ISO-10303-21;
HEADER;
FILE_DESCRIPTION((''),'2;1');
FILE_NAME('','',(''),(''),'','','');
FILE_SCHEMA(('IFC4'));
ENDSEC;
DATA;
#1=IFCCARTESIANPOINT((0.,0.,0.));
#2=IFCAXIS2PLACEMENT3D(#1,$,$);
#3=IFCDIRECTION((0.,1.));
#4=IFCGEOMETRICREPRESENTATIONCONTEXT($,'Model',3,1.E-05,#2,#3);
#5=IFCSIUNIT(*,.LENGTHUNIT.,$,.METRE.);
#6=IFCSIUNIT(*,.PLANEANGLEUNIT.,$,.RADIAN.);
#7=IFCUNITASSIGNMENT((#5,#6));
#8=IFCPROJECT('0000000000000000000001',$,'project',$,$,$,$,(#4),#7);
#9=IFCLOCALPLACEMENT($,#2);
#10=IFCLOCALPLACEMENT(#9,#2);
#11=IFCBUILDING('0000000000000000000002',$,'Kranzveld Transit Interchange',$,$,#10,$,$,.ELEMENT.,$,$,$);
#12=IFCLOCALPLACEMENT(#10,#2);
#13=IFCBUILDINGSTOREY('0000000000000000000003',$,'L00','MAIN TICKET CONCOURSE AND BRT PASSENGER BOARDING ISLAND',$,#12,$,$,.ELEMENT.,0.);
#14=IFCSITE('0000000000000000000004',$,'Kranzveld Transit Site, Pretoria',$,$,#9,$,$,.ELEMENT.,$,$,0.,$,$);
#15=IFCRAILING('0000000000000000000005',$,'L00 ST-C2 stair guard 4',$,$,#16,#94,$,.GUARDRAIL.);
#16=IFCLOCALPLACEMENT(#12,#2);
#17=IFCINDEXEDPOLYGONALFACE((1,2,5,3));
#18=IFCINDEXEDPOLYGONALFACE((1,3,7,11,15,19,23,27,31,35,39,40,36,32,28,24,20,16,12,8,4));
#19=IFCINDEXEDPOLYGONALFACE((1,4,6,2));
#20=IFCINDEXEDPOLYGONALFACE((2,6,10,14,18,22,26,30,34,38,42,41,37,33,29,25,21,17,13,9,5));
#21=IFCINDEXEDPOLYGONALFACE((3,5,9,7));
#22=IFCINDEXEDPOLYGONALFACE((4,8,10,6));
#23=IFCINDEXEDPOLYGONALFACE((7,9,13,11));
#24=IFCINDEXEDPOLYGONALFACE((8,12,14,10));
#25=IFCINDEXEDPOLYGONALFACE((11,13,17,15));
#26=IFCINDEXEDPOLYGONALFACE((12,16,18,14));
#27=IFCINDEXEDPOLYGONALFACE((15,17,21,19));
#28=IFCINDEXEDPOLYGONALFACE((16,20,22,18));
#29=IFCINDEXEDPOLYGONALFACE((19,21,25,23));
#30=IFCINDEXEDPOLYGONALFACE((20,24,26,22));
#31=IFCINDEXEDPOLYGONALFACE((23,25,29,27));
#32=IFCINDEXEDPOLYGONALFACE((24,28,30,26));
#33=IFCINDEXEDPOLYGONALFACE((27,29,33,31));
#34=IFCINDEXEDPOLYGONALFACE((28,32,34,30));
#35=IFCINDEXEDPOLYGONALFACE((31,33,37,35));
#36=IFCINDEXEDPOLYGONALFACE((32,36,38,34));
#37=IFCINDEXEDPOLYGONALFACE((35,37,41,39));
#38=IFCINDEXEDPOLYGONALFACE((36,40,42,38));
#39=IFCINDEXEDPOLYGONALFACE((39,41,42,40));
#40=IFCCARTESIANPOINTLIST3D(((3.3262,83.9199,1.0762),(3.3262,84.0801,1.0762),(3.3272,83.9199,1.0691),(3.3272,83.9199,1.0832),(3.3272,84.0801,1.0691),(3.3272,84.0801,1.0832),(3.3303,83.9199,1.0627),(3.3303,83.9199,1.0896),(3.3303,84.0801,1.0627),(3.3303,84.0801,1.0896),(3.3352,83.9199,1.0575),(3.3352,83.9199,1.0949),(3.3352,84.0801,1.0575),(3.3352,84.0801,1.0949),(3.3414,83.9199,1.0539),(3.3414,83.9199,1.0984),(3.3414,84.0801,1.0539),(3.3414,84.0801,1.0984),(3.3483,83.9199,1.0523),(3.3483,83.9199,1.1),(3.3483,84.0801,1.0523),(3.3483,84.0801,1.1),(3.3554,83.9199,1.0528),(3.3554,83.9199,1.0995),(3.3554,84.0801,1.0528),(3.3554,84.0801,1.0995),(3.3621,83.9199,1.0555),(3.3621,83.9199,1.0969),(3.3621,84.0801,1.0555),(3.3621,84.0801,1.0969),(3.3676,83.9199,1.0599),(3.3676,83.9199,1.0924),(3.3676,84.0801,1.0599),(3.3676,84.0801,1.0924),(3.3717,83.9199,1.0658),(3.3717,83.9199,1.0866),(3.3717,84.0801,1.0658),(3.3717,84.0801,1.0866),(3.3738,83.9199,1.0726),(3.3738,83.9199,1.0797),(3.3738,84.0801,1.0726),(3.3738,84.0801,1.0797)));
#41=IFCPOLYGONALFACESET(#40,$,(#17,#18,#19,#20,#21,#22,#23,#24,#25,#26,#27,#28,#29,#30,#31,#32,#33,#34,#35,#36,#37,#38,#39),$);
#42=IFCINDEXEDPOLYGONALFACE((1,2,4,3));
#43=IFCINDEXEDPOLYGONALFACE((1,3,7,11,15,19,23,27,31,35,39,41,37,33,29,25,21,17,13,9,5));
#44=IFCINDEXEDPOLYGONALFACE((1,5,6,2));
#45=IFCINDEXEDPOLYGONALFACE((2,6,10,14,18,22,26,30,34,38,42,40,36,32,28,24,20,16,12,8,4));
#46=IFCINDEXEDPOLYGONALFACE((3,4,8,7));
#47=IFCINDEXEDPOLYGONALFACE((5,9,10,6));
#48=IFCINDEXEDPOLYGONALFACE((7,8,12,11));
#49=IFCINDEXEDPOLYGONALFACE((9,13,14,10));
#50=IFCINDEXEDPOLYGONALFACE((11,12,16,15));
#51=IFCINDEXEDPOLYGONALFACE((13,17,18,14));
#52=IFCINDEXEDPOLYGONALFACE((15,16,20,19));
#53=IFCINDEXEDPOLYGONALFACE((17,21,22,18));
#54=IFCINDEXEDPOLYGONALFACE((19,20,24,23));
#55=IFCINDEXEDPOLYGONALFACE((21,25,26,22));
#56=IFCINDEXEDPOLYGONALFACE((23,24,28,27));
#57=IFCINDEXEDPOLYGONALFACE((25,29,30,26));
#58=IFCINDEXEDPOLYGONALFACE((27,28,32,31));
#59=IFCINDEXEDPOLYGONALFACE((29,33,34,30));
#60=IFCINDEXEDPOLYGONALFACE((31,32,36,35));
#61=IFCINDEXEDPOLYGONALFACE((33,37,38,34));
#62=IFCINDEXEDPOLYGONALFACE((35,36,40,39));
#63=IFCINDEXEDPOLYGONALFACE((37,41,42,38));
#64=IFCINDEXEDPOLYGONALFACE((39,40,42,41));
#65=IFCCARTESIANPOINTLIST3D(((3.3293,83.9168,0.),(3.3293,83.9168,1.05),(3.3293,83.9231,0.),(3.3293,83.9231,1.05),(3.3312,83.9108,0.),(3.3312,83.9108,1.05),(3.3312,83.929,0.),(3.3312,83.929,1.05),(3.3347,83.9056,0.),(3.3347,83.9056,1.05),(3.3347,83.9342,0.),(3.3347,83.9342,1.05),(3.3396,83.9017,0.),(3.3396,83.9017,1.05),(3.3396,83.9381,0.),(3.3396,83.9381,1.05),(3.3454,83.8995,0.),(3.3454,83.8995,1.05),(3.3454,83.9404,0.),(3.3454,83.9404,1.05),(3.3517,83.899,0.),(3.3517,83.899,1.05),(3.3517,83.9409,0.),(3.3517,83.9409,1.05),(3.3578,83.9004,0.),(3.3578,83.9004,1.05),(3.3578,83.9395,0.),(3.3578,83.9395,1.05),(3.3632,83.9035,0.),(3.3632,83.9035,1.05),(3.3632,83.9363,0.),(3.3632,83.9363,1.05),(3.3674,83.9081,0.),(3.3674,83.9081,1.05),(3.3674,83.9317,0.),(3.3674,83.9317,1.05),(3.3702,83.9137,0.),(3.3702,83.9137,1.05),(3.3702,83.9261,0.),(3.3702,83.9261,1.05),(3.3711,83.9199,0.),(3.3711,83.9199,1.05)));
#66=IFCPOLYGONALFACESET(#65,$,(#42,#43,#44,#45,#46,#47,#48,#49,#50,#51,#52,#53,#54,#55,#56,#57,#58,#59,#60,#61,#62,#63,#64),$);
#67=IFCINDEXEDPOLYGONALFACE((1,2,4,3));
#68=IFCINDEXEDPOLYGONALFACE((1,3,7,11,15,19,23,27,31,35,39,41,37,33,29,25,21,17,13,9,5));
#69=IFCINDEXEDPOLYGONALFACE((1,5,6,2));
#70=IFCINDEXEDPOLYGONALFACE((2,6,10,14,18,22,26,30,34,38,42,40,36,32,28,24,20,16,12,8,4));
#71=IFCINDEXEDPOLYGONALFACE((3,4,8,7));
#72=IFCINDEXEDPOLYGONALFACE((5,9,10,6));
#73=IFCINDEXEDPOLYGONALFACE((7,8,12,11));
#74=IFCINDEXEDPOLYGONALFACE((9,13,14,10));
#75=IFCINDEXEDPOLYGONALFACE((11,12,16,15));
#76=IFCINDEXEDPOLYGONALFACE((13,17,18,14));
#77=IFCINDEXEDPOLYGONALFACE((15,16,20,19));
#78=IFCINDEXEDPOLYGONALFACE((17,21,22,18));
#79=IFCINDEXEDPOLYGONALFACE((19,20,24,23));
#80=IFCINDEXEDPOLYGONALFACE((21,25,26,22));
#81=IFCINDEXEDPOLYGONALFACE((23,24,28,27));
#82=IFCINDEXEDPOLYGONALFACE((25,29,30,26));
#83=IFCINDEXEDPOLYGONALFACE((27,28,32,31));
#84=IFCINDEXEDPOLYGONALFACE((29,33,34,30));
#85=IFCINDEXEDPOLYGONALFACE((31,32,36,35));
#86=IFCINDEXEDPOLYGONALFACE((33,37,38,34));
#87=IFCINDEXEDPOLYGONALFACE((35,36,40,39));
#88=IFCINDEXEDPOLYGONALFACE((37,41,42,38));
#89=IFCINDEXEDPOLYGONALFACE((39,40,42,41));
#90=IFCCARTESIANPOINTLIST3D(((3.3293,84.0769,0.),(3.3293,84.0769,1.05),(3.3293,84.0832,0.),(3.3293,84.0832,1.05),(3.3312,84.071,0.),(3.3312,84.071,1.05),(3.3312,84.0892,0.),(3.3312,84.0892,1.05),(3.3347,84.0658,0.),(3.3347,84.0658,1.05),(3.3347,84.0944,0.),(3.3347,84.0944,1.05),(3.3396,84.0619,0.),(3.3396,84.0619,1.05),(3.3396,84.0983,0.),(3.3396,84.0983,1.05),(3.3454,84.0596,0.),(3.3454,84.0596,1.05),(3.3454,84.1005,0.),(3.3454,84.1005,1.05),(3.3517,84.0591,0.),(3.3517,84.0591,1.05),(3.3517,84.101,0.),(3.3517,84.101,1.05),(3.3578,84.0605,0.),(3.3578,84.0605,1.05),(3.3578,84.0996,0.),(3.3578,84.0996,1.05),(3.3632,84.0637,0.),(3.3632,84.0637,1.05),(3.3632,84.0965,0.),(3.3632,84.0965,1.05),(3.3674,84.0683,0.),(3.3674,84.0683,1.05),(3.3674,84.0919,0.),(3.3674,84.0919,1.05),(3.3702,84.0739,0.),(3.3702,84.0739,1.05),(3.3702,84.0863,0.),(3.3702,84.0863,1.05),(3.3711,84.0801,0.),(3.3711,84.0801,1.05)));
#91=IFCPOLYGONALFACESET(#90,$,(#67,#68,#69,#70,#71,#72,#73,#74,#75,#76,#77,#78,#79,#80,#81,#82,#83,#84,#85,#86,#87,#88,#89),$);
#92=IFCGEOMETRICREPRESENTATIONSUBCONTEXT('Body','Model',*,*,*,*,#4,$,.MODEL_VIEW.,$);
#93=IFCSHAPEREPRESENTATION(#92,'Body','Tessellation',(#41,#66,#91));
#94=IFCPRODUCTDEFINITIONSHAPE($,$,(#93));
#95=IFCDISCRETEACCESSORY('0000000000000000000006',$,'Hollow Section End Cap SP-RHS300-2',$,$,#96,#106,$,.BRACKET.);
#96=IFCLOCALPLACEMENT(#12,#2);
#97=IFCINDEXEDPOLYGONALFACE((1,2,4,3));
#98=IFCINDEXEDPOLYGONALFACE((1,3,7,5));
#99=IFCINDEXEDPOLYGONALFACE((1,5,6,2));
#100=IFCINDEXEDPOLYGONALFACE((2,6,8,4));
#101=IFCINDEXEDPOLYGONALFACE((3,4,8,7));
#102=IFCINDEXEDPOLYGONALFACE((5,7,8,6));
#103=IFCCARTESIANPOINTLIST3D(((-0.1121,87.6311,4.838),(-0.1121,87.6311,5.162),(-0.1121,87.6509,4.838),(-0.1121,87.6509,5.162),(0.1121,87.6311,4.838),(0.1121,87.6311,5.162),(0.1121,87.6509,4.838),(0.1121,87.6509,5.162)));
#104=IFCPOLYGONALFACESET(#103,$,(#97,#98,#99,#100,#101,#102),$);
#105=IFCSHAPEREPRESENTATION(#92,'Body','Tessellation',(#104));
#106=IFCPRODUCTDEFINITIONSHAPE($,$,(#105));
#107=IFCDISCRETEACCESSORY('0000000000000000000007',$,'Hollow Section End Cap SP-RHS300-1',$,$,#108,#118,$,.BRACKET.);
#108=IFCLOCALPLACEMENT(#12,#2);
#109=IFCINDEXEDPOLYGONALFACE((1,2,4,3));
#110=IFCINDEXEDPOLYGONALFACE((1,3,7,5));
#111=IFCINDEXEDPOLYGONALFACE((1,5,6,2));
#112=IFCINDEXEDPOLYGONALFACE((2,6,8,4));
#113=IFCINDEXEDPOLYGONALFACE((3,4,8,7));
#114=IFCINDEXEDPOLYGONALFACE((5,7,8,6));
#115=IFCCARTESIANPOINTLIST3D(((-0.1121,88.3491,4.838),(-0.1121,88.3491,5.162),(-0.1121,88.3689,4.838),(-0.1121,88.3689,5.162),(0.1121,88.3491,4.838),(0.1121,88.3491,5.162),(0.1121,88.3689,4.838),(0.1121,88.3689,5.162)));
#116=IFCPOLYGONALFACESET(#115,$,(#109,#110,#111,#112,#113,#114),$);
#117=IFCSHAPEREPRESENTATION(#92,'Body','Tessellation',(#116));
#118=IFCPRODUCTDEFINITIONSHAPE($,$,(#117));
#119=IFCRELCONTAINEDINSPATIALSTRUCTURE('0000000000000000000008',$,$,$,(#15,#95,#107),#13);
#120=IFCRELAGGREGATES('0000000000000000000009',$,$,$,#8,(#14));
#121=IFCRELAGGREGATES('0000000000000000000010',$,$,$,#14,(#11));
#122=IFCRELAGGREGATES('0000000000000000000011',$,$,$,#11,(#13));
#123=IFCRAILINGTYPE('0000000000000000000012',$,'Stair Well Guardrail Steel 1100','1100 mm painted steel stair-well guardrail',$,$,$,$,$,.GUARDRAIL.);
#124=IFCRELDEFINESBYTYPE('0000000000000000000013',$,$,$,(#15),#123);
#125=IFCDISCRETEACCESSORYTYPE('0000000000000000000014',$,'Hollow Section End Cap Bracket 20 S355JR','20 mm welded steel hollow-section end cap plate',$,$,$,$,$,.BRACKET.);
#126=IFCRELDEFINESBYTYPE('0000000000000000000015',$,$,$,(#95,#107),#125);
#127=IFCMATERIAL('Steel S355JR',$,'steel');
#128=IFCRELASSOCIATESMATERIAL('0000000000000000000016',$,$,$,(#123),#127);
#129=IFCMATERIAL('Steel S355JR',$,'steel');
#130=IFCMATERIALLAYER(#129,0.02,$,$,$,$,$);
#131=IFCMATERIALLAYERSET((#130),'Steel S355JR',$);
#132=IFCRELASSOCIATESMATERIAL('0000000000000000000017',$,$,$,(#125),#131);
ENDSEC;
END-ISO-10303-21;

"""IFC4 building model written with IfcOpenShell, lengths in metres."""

from ifc_helpers import new_model, si_unit, direction, frame, origin, origin_2d, place, context, subcontext, project, spatial, rectangle, circle, extrude, material, layer, layer_set, type_object, element, save


model = new_model("IFC4")

# Units and contexts
model_context = context("Model", 3, precision=1e-05, world=origin(), true_north=direction((0.0, 1.0)))
body_context = subcontext(model_context, "Body", "Model", "MODEL_VIEW")
ifc_project = project(units=[si_unit("LENGTHUNIT", "METRE"), si_unit("PLANEANGLEUNIT", "RADIAN")], contexts=[model_context])

# Site, building, storey
site_placement = place(None, origin())
site = spatial("IfcSite", under=ifc_project, at=site_placement, Name="Kranzveld Transit Site, Pretoria", CompositionType="ELEMENT", RefElevation=0.0)
building_placement = place(site_placement, origin())
building = spatial("IfcBuilding", under=site, at=building_placement, Name="Kranzveld Transit Interchange", CompositionType="ELEMENT")
storey_placement = place(building_placement, origin())
storey = spatial("IfcBuildingStorey", under=building, at=storey_placement, Name="L00", Description="MAIN TICKET CONCOURSE AND BRT PASSENGER BOARDING ISLAND", CompositionType="ELEMENT", Elevation=0.0)

# Railing
ifc_material_1 = material(Name="Steel S355JR", Category="steel")
railing_type_1 = type_object("IfcRailingType", Name="Stair Well Guardrail Steel 1100", Description="1100 mm painted steel stair-well guardrail", PredefinedType="GUARDRAIL", material=ifc_material_1)
railing_1_placement = place(storey_placement, frame((3.3501, 83.9199, 0.0)))
element("IfcRailing", 1, at=railing_1_placement, inside=storey, type_object=railing_type_1, Name="L00 ST-C2 stair guard 4", PredefinedType="GUARDRAIL", context=body_context, shape_type="SweptSolid", body=[
    extrude(circle(Radius=0.0239, at=origin_2d()), frame((0.0, 0.0, 1.0762), z_axis=(0.0, 1.0, 0.0), x_axis=(-1.0, 0.0, 0.0)), (0.0, 0.0, 1.0), 0.1602),
    extrude(circle(Radius=0.021, at=origin_2d()), origin(), (0.0, 0.0, 1.0), 1.05),
    extrude(circle(Radius=0.021, at=origin_2d()), frame((0.0, 0.1602, 0.0)), (0.0, 0.0, 1.0), 1.05),
])

# Discrete accessories
ifc_material_2 = material(Name="Steel S355JR", Category="steel")
ifc_layer_1 = layer(ifc_material_2, 0.02)
ifc_layer_set_1 = layer_set([ifc_layer_1], Name="Steel S355JR")
discrete_accessory_type = type_object("IfcDiscreteAccessoryType", Name="Hollow Section End Cap Bracket 20 S355JR", Description="20 mm welded steel hollow-section end cap plate", PredefinedType="BRACKET", material=ifc_layer_set_1)
for number, where, z_axis, x_axis, name in (
    (2, (0.0, 87.6311, 5.0), (0.0, 1.0, 0.0), (-1.0, 0.0, 0.0), "Hollow Section End Cap SP-RHS300-2"),
    (3, (0.0, 88.3689, 5.0), (0.0, -1.0, 0.0), (1.0, 0.0, 0.0), "Hollow Section End Cap SP-RHS300-1"),
):
    element("IfcDiscreteAccessory", number, at=place(storey_placement, frame(where, z_axis=z_axis, x_axis=x_axis)), inside=storey, type_object=discrete_accessory_type, Name=name, PredefinedType="BRACKET", context=body_context, shape_type="SweptSolid", body=[
        extrude(rectangle(XDim=0.2241, YDim=0.324, at=origin_2d()), origin(), (0.0, 0.0, 1.0), 0.0198),
    ])

save(model, "model.ifc")
